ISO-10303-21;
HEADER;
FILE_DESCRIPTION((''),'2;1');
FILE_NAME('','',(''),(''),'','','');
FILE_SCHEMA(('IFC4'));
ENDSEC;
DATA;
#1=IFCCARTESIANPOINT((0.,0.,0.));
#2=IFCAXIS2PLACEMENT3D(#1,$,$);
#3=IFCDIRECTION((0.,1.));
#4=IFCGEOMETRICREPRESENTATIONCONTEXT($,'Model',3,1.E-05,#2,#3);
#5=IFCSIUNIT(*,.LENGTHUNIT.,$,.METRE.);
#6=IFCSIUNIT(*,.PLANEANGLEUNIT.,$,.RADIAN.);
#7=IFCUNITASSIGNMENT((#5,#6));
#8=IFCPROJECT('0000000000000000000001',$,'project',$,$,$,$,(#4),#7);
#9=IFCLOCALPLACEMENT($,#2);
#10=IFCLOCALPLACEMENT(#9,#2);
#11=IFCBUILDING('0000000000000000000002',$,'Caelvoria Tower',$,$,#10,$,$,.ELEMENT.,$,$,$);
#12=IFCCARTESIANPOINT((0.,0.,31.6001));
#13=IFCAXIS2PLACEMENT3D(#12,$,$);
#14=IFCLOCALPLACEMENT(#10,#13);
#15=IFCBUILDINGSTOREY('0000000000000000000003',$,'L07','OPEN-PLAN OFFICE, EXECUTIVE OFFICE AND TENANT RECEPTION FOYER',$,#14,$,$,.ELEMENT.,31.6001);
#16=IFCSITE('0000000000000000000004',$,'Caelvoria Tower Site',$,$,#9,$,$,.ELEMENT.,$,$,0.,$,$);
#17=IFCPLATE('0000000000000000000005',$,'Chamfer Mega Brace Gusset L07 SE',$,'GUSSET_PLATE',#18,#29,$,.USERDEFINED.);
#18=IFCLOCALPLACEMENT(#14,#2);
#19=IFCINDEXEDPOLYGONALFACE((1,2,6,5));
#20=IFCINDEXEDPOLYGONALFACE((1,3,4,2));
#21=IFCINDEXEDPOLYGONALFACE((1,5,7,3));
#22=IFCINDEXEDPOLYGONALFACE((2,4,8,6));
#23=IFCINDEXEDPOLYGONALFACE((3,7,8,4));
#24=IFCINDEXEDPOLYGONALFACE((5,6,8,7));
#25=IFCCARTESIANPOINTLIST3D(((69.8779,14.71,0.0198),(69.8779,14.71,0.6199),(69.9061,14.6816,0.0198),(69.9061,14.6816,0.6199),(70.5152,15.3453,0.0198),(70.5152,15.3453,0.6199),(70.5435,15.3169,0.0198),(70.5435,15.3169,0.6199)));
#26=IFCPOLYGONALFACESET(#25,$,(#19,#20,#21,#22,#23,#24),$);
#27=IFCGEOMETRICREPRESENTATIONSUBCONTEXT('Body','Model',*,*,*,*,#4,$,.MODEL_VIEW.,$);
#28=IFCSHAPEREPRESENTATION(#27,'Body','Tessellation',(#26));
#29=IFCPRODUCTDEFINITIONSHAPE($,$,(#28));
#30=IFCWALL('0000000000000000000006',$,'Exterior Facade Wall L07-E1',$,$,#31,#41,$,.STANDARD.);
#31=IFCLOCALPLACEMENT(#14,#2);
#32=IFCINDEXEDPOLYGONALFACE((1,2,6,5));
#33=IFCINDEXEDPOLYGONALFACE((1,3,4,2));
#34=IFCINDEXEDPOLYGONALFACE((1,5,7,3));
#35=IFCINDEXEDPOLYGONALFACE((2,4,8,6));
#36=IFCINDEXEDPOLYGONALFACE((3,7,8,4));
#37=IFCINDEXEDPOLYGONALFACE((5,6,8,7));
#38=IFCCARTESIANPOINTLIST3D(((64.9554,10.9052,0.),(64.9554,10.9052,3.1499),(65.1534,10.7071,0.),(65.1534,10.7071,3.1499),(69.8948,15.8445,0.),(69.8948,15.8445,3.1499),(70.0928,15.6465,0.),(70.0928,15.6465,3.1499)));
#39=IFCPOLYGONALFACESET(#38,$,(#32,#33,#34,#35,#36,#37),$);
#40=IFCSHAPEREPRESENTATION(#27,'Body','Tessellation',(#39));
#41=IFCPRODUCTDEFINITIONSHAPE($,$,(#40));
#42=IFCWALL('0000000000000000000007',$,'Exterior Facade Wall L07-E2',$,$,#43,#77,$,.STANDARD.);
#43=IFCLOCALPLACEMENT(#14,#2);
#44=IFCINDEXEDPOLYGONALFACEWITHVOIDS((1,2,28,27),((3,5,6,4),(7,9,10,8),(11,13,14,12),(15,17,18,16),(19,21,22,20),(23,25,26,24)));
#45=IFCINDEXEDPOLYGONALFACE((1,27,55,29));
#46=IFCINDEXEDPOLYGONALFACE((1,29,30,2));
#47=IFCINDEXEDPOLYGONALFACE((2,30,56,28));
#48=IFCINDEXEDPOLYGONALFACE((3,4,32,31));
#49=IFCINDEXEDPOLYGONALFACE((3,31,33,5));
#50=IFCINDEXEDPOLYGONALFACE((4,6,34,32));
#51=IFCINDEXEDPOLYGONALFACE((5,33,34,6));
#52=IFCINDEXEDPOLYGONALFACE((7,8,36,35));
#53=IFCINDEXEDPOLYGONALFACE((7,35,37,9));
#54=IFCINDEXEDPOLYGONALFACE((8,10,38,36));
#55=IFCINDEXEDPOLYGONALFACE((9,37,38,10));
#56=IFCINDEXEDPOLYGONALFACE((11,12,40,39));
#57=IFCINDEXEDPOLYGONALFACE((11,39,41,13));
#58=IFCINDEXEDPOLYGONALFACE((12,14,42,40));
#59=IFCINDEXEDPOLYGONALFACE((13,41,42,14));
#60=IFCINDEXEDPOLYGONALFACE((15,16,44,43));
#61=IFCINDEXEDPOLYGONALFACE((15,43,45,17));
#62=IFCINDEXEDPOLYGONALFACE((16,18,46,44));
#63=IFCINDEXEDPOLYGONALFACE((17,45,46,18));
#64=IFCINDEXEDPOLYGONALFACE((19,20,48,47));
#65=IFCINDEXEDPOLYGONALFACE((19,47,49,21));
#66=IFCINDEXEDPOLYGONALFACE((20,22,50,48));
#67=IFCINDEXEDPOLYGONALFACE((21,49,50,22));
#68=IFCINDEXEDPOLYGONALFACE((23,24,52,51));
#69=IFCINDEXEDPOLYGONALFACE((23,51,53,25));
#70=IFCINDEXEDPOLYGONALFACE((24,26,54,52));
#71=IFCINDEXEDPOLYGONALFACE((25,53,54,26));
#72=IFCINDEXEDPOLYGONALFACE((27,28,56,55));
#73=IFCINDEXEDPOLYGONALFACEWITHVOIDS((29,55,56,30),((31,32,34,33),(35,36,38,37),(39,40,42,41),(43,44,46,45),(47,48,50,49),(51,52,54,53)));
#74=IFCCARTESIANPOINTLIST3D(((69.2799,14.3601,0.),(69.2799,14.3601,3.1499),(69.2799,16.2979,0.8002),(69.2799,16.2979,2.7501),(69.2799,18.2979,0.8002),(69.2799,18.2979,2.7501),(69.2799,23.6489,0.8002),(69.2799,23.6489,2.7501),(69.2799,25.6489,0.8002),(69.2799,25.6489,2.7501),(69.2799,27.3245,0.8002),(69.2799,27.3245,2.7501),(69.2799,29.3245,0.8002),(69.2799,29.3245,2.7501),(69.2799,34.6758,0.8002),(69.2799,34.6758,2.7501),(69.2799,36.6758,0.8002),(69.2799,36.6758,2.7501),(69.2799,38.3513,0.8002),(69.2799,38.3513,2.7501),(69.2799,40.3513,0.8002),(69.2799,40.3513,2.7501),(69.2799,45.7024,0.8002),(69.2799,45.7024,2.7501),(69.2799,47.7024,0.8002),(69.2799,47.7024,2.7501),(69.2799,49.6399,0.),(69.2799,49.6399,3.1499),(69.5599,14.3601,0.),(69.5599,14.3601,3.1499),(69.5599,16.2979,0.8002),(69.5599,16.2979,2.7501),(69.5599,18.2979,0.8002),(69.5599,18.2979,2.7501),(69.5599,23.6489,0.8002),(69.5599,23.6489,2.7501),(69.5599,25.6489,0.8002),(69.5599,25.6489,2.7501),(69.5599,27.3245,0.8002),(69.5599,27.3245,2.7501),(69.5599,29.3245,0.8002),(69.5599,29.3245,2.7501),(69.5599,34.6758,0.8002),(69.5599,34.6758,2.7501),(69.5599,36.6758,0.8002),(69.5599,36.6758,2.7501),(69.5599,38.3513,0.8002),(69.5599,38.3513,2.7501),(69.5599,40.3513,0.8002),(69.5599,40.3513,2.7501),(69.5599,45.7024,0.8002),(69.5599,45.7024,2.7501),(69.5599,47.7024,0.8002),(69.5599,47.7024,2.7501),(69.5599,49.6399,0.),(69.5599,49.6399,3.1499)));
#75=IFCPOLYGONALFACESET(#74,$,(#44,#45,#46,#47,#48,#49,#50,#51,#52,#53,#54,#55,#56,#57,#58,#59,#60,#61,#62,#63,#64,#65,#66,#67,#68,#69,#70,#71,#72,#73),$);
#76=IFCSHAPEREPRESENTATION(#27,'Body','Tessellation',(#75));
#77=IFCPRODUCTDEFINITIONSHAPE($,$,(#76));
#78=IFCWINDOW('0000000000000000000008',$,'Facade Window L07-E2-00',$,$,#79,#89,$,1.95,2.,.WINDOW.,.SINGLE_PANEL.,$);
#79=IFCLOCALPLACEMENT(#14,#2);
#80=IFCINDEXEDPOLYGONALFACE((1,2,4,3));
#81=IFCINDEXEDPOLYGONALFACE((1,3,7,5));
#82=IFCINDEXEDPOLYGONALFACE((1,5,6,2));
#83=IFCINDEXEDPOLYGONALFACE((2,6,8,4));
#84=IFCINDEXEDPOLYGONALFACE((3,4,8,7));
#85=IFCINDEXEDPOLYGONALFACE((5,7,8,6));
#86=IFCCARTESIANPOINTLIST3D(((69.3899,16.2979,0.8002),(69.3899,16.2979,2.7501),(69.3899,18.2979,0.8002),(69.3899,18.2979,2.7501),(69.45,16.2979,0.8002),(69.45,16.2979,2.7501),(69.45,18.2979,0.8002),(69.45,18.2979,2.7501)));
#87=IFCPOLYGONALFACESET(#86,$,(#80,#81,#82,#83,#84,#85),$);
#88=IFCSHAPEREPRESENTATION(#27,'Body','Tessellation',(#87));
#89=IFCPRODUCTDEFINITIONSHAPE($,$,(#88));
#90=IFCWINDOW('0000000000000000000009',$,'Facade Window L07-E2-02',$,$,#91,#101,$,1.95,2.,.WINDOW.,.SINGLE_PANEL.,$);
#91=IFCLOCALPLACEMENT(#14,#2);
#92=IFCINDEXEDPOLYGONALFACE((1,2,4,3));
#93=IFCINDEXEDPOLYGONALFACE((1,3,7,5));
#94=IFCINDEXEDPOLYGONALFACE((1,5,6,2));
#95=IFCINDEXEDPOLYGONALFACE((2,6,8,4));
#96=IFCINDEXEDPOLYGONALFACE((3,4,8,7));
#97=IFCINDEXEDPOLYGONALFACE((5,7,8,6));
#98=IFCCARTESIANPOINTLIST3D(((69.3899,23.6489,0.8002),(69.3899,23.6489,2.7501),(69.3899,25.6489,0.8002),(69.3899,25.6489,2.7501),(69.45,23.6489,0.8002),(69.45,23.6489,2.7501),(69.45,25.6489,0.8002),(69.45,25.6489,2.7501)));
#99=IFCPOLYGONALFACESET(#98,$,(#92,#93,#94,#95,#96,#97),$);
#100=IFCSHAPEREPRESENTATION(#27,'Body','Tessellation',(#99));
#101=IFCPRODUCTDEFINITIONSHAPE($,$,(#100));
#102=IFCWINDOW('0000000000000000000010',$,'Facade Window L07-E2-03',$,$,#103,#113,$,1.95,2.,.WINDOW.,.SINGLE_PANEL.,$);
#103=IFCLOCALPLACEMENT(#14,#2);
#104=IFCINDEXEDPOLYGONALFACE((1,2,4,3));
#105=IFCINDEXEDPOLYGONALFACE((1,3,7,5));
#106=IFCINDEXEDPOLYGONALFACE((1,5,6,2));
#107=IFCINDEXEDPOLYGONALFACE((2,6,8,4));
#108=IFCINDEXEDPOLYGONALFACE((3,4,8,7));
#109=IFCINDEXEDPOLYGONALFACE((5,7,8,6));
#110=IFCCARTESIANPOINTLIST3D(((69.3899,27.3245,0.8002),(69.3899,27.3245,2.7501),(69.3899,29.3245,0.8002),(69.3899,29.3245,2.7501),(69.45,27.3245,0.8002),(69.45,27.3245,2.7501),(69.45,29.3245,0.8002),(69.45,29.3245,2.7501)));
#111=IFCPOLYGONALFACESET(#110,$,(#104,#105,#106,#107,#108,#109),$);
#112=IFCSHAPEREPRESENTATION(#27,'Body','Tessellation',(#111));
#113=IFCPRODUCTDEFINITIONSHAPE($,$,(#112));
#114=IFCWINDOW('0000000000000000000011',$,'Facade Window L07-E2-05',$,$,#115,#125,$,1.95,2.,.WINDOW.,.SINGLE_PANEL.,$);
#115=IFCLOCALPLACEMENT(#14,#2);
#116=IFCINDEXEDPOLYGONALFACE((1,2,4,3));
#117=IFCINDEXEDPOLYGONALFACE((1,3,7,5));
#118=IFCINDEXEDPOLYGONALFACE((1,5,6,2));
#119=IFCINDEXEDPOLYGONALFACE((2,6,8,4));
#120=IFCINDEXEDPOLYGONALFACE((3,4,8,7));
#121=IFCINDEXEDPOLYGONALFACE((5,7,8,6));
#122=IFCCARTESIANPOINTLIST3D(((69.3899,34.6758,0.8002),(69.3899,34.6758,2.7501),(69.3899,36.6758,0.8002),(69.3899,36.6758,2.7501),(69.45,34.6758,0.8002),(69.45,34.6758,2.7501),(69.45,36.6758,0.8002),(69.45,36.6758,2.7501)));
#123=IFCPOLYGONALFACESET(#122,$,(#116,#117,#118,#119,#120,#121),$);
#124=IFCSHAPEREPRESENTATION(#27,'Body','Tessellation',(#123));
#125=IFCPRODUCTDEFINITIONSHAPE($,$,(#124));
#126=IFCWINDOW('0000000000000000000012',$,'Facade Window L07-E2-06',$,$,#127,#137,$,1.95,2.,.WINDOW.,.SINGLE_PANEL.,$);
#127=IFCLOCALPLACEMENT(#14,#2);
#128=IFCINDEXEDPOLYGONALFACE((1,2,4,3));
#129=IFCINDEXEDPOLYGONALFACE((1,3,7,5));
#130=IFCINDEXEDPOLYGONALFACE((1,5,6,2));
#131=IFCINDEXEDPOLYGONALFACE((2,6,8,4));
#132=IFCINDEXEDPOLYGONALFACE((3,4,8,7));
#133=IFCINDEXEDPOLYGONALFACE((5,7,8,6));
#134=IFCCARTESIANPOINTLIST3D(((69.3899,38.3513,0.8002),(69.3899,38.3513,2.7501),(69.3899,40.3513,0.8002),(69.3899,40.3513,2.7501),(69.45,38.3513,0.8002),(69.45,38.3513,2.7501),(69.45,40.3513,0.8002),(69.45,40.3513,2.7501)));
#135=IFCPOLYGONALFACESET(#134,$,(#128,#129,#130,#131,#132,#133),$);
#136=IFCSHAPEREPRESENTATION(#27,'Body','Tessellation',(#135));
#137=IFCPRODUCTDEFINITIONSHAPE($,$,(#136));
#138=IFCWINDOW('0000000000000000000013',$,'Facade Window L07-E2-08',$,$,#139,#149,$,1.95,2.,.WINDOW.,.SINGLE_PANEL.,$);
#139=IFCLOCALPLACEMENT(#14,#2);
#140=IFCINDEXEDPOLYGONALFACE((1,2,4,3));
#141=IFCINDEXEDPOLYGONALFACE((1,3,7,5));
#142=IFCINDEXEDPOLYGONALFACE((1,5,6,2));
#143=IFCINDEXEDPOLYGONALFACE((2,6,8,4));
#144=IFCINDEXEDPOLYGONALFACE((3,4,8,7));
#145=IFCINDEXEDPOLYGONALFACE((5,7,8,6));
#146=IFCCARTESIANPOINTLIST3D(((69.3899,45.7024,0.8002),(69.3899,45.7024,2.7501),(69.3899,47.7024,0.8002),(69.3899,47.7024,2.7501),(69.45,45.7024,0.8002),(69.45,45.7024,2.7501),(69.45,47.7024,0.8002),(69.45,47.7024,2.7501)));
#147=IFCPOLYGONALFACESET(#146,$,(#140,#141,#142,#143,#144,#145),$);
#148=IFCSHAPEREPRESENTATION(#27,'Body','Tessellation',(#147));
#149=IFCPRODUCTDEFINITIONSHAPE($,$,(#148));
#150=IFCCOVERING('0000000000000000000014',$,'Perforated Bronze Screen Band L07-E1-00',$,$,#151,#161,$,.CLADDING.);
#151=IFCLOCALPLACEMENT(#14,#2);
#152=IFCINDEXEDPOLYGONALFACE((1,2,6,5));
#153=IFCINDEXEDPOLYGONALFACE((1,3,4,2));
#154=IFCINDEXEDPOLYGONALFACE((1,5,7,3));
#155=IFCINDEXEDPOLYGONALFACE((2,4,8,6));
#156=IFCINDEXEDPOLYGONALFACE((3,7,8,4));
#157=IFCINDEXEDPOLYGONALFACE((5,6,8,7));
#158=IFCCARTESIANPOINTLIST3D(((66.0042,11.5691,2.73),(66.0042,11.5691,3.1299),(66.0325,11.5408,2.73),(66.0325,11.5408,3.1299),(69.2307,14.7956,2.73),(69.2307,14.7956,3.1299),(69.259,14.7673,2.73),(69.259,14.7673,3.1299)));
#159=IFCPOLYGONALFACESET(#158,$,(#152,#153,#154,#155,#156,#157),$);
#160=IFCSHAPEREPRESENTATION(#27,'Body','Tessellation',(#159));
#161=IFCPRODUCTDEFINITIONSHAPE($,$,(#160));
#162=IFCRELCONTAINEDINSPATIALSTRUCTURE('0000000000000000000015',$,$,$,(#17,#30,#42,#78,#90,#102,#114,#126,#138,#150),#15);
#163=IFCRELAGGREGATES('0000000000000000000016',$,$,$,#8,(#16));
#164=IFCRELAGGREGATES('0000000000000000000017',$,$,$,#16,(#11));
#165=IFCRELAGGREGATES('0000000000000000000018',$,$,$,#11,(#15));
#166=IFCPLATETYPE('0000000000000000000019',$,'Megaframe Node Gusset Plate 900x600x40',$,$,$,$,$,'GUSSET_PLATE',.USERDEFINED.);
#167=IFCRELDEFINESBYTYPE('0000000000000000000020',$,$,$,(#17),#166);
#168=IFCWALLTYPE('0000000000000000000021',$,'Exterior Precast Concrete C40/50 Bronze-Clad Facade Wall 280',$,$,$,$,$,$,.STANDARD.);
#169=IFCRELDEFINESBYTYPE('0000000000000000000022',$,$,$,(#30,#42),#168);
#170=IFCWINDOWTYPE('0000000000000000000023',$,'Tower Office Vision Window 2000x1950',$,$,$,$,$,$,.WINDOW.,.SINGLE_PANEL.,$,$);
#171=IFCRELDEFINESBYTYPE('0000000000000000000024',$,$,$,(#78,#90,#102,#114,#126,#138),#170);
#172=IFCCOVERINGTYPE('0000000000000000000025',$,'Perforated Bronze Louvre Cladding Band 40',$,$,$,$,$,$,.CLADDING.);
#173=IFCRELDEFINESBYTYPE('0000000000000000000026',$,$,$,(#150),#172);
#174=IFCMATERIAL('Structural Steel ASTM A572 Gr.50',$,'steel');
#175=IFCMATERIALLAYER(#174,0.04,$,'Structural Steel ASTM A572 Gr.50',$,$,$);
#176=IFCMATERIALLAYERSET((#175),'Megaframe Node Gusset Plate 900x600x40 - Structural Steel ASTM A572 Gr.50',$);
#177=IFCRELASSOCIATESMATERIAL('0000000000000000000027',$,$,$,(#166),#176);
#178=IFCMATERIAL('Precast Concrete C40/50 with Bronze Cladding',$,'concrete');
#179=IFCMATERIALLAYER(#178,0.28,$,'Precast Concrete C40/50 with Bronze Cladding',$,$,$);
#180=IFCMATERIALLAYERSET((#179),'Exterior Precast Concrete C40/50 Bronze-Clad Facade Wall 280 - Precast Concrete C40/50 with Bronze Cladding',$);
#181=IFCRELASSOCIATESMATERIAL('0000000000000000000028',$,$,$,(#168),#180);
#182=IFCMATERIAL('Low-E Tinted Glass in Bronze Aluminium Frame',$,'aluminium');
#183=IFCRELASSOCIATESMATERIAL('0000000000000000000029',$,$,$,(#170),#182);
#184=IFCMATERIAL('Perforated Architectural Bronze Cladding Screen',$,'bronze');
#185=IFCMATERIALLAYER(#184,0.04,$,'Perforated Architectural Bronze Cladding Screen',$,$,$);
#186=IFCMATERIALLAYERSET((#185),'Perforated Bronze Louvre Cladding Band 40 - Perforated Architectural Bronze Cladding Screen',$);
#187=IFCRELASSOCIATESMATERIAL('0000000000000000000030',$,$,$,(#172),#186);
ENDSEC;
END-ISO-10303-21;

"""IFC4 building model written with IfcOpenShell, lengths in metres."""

from ifc_helpers import new_model, si_unit, direction, frame, frame_2d, origin, origin_2d, place, context, subcontext, project, spatial, rectangle, extrude, material, layer, layer_set, type_object, element, fill, save


model = new_model("IFC4")

# Units and contexts
model_context = context("Model", 3, precision=1e-05, world=origin(), true_north=direction((0.0, 1.0)))
body_context = subcontext(model_context, "Body", "Model", "MODEL_VIEW")
ifc_project = project(units=[si_unit("LENGTHUNIT", "METRE"), si_unit("PLANEANGLEUNIT", "RADIAN")], contexts=[model_context])

# Site, building, storey
site_placement = place(None, origin())
site = spatial("IfcSite", under=ifc_project, at=site_placement, Name="Caelvoria Tower Site", CompositionType="ELEMENT", RefElevation=0.0)
building_placement = place(site_placement, origin())
building = spatial("IfcBuilding", under=site, at=building_placement, Name="Caelvoria Tower", CompositionType="ELEMENT")
storey_placement = place(building_placement, frame((0.0, 0.0, 31.6001)))
storey = spatial("IfcBuildingStorey", under=building, at=storey_placement, Name="L07", Description="OPEN-PLAN OFFICE, EXECUTIVE OFFICE AND TENANT RECEPTION FOYER", CompositionType="ELEMENT", Elevation=31.6001)

# Shared definitions
ifc_material_1 = material(Name="Structural Steel ASTM A572 Gr.50", Category="steel")

# Plate
ifc_layer_1 = layer(ifc_material_1, 0.04, Name="Structural Steel ASTM A572 Gr.50")
ifc_layer_set_1 = layer_set([ifc_layer_1], Name="Megaframe Node Gusset Plate 900x600x40 - Structural Steel ASTM A572 Gr.50")
plate_type = type_object("IfcPlateType", Name="Megaframe Node Gusset Plate 900x600x40", ElementType="GUSSET_PLATE", PredefinedType="USERDEFINED", material=ifc_layer_set_1)
plate_placement = place(storey_placement, frame((70.2107, 15.0134, 0.0198), z_axis=(0.0, 0.0, 1.0), x_axis=(-0.708247, -0.705964, 0.0)))
element("IfcPlate", 1, at=plate_placement, inside=storey, type_object=plate_type, Name="Chamfer Mega Brace Gusset L07 SE", ObjectType="GUSSET_PLATE", PredefinedType="USERDEFINED", context=body_context, shape_type="SweptSolid", body=[
    extrude(rectangle(XDim=0.8999, YDim=0.04, at=origin_2d()), origin(), (0.0, 0.0, 1.0), 0.6001),
])

# Wall
ifc_material_2 = material(Name="Precast Concrete C40/50 with Bronze Cladding", Category="concrete")
ifc_layer_2 = layer(ifc_material_2, 0.28, Name="Precast Concrete C40/50 with Bronze Cladding")
ifc_layer_set_2 = layer_set([ifc_layer_2], Name="Exterior Precast Concrete C40/50 Bronze-Clad Facade Wall 280 - Precast Concrete C40/50 with Bronze Cladding")
wall_type = type_object("IfcWallType", Name="Exterior Precast Concrete C40/50 Bronze-Clad Facade Wall 280", PredefinedType="STANDARD", material=ifc_layer_set_2)
wall_1_placement = place(storey_placement, frame((65.0544, 10.8062, 0.0), z_axis=(0.0, 0.0, 1.0), x_axis=(0.707107, 0.707107, 0.0)))
element("IfcWall", 2, at=wall_1_placement, inside=storey, type_object=wall_type, Name="Exterior Facade Wall L07-E1", PredefinedType="STANDARD", context=body_context, shape_type="SweptSolid", body=[
    extrude(rectangle(XDim=6.9854, YDim=0.28, at=frame_2d((3.4927, 0.0))), origin(), (0.0, 0.0, 1.0), 3.1499),
])

# Wall, openings, windows
wall_2_placement = place(storey_placement, frame((69.4199, 14.3601, 0.0), z_axis=(0.0, 0.0, 1.0), x_axis=(0.0, 1.0, 0.0)))
wall_2 = element("IfcWall", 3, at=wall_2_placement, inside=storey, type_object=wall_type, Name="Exterior Facade Wall L07-E2", PredefinedType="STANDARD", context=body_context, shape_type="SweptSolid", body=[
    extrude(rectangle(XDim=35.2798, YDim=0.28, at=frame_2d((17.6399, 0.0))), origin(), (0.0, 0.0, 1.0), 3.1499),
])
opening_1_placement = place(wall_2_placement, frame((1.9377, 0.0, 0.8)))
opening_1 = element("IfcOpeningElement", 4, at=opening_1_placement, cuts=wall_2, PredefinedType="OPENING", context=body_context, shape_type="SweptSolid", body=[
    extrude(rectangle(XDim=2.0, YDim=1.95, at=frame_2d((1.0, 0.9751))), frame((0.0, 0.1499, 0.0), z_axis=(0.0, -1.0, 0.0), x_axis=(1.0, 0.0, 0.0)), (0.0, 0.0, 1.0), 0.3),
])
opening_2_placement = place(wall_2_placement, frame((9.2888, 0.0, 0.8)))
opening_2 = element("IfcOpeningElement", 5, at=opening_2_placement, cuts=wall_2, PredefinedType="OPENING", context=body_context, shape_type="SweptSolid", body=[
    extrude(rectangle(XDim=2.0, YDim=1.95, at=frame_2d((1.0, 0.9751))), frame((0.0, 0.1499, 0.0), z_axis=(0.0, -1.0, 0.0), x_axis=(1.0, 0.0, 0.0)), (0.0, 0.0, 1.0), 0.3),
])
opening_3_placement = place(wall_2_placement, frame((12.9644, 0.0, 0.8)))
opening_3 = element("IfcOpeningElement", 6, at=opening_3_placement, cuts=wall_2, PredefinedType="OPENING", context=body_context, shape_type="SweptSolid", body=[
    extrude(rectangle(XDim=2.0, YDim=1.95, at=frame_2d((1.0, 0.9751))), frame((0.0, 0.1499, 0.0), z_axis=(0.0, -1.0, 0.0), x_axis=(1.0, 0.0, 0.0)), (0.0, 0.0, 1.0), 0.3),
])
opening_4_placement = place(wall_2_placement, frame((20.3157, 0.0, 0.8)))
opening_4 = element("IfcOpeningElement", 7, at=opening_4_placement, cuts=wall_2, PredefinedType="OPENING", context=body_context, shape_type="SweptSolid", body=[
    extrude(rectangle(XDim=2.0, YDim=1.95, at=frame_2d((1.0, 0.9751))), frame((0.0, 0.1499, 0.0), z_axis=(0.0, -1.0, 0.0), x_axis=(1.0, 0.0, 0.0)), (0.0, 0.0, 1.0), 0.3),
])
opening_5_placement = place(wall_2_placement, frame((23.9912, 0.0, 0.8)))
opening_5 = element("IfcOpeningElement", 8, at=opening_5_placement, cuts=wall_2, PredefinedType="OPENING", context=body_context, shape_type="SweptSolid", body=[
    extrude(rectangle(XDim=2.0, YDim=1.95, at=frame_2d((1.0, 0.9751))), frame((0.0, 0.1499, 0.0), z_axis=(0.0, -1.0, 0.0), x_axis=(1.0, 0.0, 0.0)), (0.0, 0.0, 1.0), 0.3),
])
opening_6_placement = place(wall_2_placement, frame((31.3423, 0.0, 0.8)))
opening_6 = element("IfcOpeningElement", 9, at=opening_6_placement, cuts=wall_2, PredefinedType="OPENING", context=body_context, shape_type="SweptSolid", body=[
    extrude(rectangle(XDim=2.0, YDim=1.95, at=frame_2d((1.0, 0.9751))), frame((0.0, 0.1499, 0.0), z_axis=(0.0, -1.0, 0.0), x_axis=(1.0, 0.0, 0.0)), (0.0, 0.0, 1.0), 0.3),
])
ifc_material_3 = material(Name="Low-E Tinted Glass in Bronze Aluminium Frame", Category="aluminium")
window_type = type_object("IfcWindowType", Name="Tower Office Vision Window 2000x1950", PartitioningType="SINGLE_PANEL", PredefinedType="WINDOW", material=ifc_material_3)
window_1_placement = place(opening_1_placement, origin())
window_1 = element("IfcWindow", 10, at=window_1_placement, inside=storey, type_object=window_type, Name="Facade Window L07-E2-00", OverallHeight=1.95, OverallWidth=2.0, PartitioningType="SINGLE_PANEL", PredefinedType="WINDOW", context=body_context, shape_type="SweptSolid", body=[
    extrude(rectangle(XDim=2.0, YDim=1.95, at=frame_2d((1.0, 0.9751))), frame((0.0, 0.03, 0.0), z_axis=(0.0, -1.0, 0.0), x_axis=(1.0, 0.0, 0.0)), (0.0, 0.0, 1.0), 0.0601),
])
fill(opening_1, window_1)
window_2_placement = place(opening_2_placement, origin())
window_2 = element("IfcWindow", 11, at=window_2_placement, inside=storey, type_object=window_type, Name="Facade Window L07-E2-02", OverallHeight=1.95, OverallWidth=2.0, PartitioningType="SINGLE_PANEL", PredefinedType="WINDOW", context=body_context, shape_type="SweptSolid", body=[
    extrude(rectangle(XDim=2.0, YDim=1.95, at=frame_2d((1.0, 0.9751))), frame((0.0, 0.03, 0.0), z_axis=(0.0, -1.0, 0.0), x_axis=(1.0, 0.0, 0.0)), (0.0, 0.0, 1.0), 0.0601),
])
fill(opening_2, window_2)
window_3_placement = place(opening_3_placement, origin())
window_3 = element("IfcWindow", 12, at=window_3_placement, inside=storey, type_object=window_type, Name="Facade Window L07-E2-03", OverallHeight=1.95, OverallWidth=2.0, PartitioningType="SINGLE_PANEL", PredefinedType="WINDOW", context=body_context, shape_type="SweptSolid", body=[
    extrude(rectangle(XDim=2.0, YDim=1.95, at=frame_2d((1.0, 0.9751))), frame((0.0, 0.03, 0.0), z_axis=(0.0, -1.0, 0.0), x_axis=(1.0, 0.0, 0.0)), (0.0, 0.0, 1.0), 0.0601),
])
fill(opening_3, window_3)
window_4_placement = place(opening_4_placement, origin())
window_4 = element("IfcWindow", 13, at=window_4_placement, inside=storey, type_object=window_type, Name="Facade Window L07-E2-05", OverallHeight=1.95, OverallWidth=2.0, PartitioningType="SINGLE_PANEL", PredefinedType="WINDOW", context=body_context, shape_type="SweptSolid", body=[
    extrude(rectangle(XDim=2.0, YDim=1.95, at=frame_2d((1.0, 0.9751))), frame((0.0, 0.03, 0.0), z_axis=(0.0, -1.0, 0.0), x_axis=(1.0, 0.0, 0.0)), (0.0, 0.0, 1.0), 0.0601),
])
fill(opening_4, window_4)
window_5_placement = place(opening_5_placement, origin())
window_5 = element("IfcWindow", 14, at=window_5_placement, inside=storey, type_object=window_type, Name="Facade Window L07-E2-06", OverallHeight=1.95, OverallWidth=2.0, PartitioningType="SINGLE_PANEL", PredefinedType="WINDOW", context=body_context, shape_type="SweptSolid", body=[
    extrude(rectangle(XDim=2.0, YDim=1.95, at=frame_2d((1.0, 0.9751))), frame((0.0, 0.03, 0.0), z_axis=(0.0, -1.0, 0.0), x_axis=(1.0, 0.0, 0.0)), (0.0, 0.0, 1.0), 0.0601),
])
fill(opening_5, window_5)
window_6_placement = place(opening_6_placement, origin())
window_6 = element("IfcWindow", 15, at=window_6_placement, inside=storey, type_object=window_type, Name="Facade Window L07-E2-08", OverallHeight=1.95, OverallWidth=2.0, PartitioningType="SINGLE_PANEL", PredefinedType="WINDOW", context=body_context, shape_type="SweptSolid", body=[
    extrude(rectangle(XDim=2.0, YDim=1.95, at=frame_2d((1.0, 0.9751))), frame((0.0, 0.03, 0.0), z_axis=(0.0, -1.0, 0.0), x_axis=(1.0, 0.0, 0.0)), (0.0, 0.0, 1.0), 0.0601),
])
fill(opening_6, window_6)

# Covering
ifc_material_4 = material(Name="Perforated Architectural Bronze Cladding Screen", Category="bronze")
ifc_layer_3 = layer(ifc_material_4, 0.04, Name="Perforated Architectural Bronze Cladding Screen")
ifc_layer_set_3 = layer_set([ifc_layer_3], Name="Perforated Bronze Louvre Cladding Band 40 - Perforated Architectural Bronze Cladding Screen")
covering_type = type_object("IfcCoveringType", Name="Perforated Bronze Louvre Cladding Band 40", PredefinedType="CLADDING", material=ifc_layer_set_3)
covering_placement = place(storey_placement, frame((67.6316, 13.1682, 2.73), z_axis=(0.0, 0.0, 1.0), x_axis=(0.707107, 0.707107, 0.0)))
element("IfcCovering", 16, at=covering_placement, inside=storey, type_object=covering_type, Name="Perforated Bronze Screen Band L07-E1-00", PredefinedType="CLADDING", context=body_context, shape_type="SweptSolid", body=[
    extrude(rectangle(XDim=4.563, YDim=0.04, at=origin_2d()), origin(), (0.0, 0.0, 1.0), 0.3999),
])

save(model, "model.ifc")
